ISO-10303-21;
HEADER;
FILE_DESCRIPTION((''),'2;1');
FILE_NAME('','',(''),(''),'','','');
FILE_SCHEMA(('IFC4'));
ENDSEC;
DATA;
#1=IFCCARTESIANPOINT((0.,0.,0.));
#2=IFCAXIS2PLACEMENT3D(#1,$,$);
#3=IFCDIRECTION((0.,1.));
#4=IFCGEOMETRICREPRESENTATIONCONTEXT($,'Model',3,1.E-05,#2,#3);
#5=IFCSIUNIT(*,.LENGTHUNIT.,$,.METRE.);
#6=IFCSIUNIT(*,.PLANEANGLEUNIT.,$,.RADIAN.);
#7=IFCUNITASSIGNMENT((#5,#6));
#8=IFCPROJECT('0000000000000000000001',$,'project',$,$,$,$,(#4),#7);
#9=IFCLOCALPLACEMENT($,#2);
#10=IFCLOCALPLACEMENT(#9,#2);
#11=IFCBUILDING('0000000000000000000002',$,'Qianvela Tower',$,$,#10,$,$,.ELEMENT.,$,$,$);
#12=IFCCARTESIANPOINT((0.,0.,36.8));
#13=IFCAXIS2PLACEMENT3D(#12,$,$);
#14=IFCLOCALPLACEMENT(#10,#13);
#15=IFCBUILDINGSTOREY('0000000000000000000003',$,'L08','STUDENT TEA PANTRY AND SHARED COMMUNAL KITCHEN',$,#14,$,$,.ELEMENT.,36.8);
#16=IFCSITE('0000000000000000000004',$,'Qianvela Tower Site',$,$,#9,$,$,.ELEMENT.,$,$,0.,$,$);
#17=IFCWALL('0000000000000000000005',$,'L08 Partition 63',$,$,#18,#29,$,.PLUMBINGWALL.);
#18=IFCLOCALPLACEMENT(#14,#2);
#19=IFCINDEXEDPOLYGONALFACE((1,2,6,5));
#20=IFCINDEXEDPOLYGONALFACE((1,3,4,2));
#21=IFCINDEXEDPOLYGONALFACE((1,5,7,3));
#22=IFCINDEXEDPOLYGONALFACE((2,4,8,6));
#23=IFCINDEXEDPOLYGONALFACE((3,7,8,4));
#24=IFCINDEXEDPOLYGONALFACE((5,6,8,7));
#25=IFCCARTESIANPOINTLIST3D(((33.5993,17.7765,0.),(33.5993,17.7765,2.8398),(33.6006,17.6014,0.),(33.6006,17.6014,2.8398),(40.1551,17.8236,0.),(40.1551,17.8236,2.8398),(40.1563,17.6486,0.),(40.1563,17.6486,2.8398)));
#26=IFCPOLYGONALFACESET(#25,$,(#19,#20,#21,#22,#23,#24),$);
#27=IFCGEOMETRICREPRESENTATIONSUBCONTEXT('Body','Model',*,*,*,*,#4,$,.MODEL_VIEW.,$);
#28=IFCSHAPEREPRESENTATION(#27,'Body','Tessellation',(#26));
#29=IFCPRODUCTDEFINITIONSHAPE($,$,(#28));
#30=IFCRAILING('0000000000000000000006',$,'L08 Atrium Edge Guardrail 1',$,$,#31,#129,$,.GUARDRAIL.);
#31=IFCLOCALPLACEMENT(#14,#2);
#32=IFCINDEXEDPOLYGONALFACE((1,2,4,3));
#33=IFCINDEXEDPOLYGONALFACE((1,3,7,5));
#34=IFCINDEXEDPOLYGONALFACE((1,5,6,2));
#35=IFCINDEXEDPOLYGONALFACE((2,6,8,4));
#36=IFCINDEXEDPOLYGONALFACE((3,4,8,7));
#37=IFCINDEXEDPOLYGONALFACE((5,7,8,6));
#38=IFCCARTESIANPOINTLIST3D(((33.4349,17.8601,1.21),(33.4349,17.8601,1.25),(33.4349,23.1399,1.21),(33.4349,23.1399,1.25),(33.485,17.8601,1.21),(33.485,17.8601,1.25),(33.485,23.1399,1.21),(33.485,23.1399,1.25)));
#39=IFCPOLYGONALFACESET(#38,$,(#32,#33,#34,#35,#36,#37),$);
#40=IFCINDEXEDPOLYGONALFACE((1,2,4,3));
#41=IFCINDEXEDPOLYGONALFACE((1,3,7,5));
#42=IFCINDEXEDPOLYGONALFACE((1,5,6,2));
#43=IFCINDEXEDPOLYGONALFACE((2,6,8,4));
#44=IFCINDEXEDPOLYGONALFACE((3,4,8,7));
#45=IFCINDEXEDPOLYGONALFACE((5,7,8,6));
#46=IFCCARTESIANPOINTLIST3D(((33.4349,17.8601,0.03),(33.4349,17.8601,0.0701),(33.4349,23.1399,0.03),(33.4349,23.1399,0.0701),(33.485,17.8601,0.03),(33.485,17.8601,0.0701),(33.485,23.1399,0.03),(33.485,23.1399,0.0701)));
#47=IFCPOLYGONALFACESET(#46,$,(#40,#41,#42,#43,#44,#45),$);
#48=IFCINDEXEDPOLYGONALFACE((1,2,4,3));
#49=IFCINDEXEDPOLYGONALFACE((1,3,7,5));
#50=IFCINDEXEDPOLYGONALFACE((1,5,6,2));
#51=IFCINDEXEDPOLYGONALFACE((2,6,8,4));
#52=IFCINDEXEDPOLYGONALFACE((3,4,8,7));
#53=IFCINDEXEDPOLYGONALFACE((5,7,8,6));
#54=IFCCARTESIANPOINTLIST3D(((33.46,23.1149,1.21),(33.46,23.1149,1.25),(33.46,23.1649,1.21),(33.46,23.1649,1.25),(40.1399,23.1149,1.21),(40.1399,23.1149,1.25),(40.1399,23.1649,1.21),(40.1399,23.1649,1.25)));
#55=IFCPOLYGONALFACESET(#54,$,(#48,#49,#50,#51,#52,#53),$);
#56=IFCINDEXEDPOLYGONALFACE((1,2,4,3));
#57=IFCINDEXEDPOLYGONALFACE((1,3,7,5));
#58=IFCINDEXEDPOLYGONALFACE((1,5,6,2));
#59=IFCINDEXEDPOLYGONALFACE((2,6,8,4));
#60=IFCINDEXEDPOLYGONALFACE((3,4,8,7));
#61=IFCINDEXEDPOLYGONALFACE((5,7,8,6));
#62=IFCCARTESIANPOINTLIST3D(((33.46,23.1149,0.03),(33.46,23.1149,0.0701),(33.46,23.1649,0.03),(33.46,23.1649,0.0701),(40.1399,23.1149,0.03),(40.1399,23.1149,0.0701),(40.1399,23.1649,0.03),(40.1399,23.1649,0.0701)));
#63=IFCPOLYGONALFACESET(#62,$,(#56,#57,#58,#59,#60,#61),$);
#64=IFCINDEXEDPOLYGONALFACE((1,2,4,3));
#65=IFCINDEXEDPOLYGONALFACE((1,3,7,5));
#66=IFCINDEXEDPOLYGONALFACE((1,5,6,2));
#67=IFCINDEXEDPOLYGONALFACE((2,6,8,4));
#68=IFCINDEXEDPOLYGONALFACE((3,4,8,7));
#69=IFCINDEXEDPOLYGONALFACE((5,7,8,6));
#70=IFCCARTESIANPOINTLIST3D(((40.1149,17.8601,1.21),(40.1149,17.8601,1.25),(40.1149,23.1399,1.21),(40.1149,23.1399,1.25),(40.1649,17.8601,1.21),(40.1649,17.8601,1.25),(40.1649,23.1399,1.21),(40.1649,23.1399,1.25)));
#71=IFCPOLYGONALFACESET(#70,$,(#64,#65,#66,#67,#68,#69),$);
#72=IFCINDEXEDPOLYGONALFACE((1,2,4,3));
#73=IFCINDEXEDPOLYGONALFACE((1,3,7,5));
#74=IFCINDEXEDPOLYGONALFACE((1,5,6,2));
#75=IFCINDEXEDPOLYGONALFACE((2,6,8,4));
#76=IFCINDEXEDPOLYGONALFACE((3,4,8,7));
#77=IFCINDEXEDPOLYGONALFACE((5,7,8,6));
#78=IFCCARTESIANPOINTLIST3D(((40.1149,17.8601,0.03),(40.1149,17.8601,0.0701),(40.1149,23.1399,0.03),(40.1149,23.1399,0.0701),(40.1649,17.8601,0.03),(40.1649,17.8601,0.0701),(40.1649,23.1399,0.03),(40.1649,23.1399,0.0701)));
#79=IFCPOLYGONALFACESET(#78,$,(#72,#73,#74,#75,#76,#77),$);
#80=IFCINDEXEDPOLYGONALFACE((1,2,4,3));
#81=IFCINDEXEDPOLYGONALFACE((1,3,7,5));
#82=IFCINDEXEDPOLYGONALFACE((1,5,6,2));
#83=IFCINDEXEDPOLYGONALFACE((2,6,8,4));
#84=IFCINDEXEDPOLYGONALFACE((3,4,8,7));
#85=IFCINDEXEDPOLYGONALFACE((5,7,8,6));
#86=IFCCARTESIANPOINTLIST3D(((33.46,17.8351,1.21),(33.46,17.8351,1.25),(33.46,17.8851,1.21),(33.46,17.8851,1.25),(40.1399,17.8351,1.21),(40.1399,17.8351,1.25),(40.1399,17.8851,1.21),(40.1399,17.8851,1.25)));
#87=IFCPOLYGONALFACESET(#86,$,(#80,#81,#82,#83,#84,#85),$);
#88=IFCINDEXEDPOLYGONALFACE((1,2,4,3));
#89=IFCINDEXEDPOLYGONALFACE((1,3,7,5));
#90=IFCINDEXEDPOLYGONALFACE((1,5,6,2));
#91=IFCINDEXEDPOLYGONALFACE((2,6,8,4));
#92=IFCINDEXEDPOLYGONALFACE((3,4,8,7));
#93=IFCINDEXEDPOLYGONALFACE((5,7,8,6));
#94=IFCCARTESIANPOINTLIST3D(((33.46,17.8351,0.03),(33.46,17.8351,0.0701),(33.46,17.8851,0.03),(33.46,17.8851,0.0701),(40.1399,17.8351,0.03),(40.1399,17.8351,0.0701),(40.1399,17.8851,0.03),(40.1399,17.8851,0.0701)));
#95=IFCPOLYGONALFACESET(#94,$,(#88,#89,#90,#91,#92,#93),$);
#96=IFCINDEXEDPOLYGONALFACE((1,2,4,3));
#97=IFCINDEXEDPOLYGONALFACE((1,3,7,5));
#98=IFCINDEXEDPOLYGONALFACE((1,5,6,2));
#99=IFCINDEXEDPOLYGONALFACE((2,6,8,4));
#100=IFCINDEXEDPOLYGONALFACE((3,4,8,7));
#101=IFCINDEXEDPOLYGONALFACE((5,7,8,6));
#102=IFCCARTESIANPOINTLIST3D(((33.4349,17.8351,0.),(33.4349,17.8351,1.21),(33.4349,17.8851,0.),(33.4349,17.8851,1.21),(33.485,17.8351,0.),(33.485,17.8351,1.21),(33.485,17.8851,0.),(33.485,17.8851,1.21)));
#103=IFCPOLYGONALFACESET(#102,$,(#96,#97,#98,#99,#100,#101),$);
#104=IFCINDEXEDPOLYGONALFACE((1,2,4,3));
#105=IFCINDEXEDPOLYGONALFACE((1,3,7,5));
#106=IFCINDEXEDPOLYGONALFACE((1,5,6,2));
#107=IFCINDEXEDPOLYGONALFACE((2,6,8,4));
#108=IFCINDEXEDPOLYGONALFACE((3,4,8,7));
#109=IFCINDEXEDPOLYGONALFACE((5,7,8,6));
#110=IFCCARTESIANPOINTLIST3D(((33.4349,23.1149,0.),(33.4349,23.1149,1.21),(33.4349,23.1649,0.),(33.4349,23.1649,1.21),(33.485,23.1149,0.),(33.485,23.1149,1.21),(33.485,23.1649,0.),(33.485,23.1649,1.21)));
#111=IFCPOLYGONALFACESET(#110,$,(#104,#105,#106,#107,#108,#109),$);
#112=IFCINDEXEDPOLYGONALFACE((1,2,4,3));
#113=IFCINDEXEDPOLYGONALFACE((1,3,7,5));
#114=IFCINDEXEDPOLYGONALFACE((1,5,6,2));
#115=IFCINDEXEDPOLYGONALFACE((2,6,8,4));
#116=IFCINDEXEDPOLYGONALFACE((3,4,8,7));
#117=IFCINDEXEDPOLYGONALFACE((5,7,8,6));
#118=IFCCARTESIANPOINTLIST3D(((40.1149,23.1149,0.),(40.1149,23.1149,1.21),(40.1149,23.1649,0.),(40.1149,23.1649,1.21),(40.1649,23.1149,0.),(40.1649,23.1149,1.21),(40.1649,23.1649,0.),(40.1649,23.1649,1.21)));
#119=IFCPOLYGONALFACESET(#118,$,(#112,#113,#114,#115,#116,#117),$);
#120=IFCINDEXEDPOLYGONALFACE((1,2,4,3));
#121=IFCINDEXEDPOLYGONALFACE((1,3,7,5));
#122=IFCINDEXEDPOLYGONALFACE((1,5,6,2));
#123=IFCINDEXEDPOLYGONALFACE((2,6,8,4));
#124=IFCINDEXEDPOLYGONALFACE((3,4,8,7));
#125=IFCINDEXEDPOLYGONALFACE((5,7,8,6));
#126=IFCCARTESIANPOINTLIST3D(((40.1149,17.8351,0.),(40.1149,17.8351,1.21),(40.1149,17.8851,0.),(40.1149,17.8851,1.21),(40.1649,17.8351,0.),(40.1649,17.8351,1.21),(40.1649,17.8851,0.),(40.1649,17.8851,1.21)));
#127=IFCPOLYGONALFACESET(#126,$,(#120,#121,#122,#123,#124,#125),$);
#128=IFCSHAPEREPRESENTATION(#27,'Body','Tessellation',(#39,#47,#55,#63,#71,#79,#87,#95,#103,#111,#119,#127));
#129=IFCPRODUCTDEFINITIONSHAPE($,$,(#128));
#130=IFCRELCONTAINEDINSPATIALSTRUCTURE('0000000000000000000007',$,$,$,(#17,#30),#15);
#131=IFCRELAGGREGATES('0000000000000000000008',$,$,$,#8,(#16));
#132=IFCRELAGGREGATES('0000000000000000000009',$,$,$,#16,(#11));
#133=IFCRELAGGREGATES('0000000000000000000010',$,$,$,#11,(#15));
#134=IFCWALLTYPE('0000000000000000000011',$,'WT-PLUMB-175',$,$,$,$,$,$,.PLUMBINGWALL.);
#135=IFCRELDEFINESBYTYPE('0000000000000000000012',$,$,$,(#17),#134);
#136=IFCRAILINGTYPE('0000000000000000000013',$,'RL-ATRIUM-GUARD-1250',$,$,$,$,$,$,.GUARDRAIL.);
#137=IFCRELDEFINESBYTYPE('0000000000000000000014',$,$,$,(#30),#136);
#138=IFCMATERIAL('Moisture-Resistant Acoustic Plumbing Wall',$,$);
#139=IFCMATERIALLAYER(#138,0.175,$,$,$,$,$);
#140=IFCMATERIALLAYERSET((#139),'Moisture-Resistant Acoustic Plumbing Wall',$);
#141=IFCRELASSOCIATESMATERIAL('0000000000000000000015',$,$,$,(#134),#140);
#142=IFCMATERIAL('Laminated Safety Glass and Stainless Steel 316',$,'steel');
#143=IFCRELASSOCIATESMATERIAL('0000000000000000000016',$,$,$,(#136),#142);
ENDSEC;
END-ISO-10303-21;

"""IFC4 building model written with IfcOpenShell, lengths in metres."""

from ifc_helpers import new_model, si_unit, direction, frame, frame_2d, origin, origin_2d, place, context, subcontext, project, spatial, rectangle, extrude, material, layer, layer_set, type_object, element, save


model = new_model("IFC4")

# Units and contexts
model_context = context("Model", 3, precision=1e-05, world=origin(), true_north=direction((0.0, 1.0)))
body_context = subcontext(model_context, "Body", "Model", "MODEL_VIEW")
ifc_project = project(units=[si_unit("LENGTHUNIT", "METRE"), si_unit("PLANEANGLEUNIT", "RADIAN")], contexts=[model_context])

# Site, building, storey
site_placement = place(None, origin())
site = spatial("IfcSite", under=ifc_project, at=site_placement, Name="Qianvela Tower Site", CompositionType="ELEMENT", RefElevation=0.0)
building_placement = place(site_placement, origin())
building = spatial("IfcBuilding", under=site, at=building_placement, Name="Qianvela Tower", CompositionType="ELEMENT")
storey_placement = place(building_placement, frame((0.0, 0.0, 36.8)))
storey = spatial("IfcBuildingStorey", under=building, at=storey_placement, Name="L08", Description="STUDENT TEA PANTRY AND SHARED COMMUNAL KITCHEN", CompositionType="ELEMENT", Elevation=36.8)

# Wall
ifc_material_1 = material(Name="Moisture-Resistant Acoustic Plumbing Wall")
ifc_layer_1 = layer(ifc_material_1, 0.175)
ifc_layer_set_1 = layer_set([ifc_layer_1], Name="Moisture-Resistant Acoustic Plumbing Wall")
wall_type_1 = type_object("IfcWallType", Name="WT-PLUMB-175", PredefinedType="PLUMBINGWALL", material=ifc_layer_set_1)
wall_1_placement = place(storey_placement, frame((33.6001, 17.689, 0.0), z_axis=(0.0, 0.0, 1.0), x_axis=(0.999974, 0.007187, 0.0)))
element("IfcWall", 1, at=wall_1_placement, inside=storey, type_object=wall_type_1, Name="L08 Partition 63", PredefinedType="PLUMBINGWALL", context=body_context, shape_type="SweptSolid", body=[
    extrude(rectangle(XDim=6.5559, YDim=0.175, at=frame_2d((3.2778, 0.0))), origin(), (0.0, 0.0, 1.0), 2.8398),
])

# Railing
ifc_material_2 = material(Name="Laminated Safety Glass and Stainless Steel 316", Category="steel")
railing_type = type_object("IfcRailingType", Name="RL-ATRIUM-GUARD-1250", PredefinedType="GUARDRAIL", material=ifc_material_2)
railing_placement = place(storey_placement, frame((33.46, 17.8601, 0.0)))
element("IfcRailing", 2, at=railing_placement, inside=storey, type_object=railing_type, Name="L08 Atrium Edge Guardrail 1", PredefinedType="GUARDRAIL", context=body_context, shape_type="SweptSolid", body=[
    extrude(rectangle(XDim=0.05, YDim=0.04, at=origin_2d()), frame((0.0, 0.0, 1.23), z_axis=(0.0, 1.0, 0.0), x_axis=(-1.0, 0.0, 0.0)), (0.0, 0.0, 1.0), 5.2798),
    extrude(rectangle(XDim=0.05, YDim=0.04, at=origin_2d()), frame((0.0, 0.0, 0.05), z_axis=(0.0, 1.0, 0.0), x_axis=(-1.0, 0.0, 0.0)), (0.0, 0.0, 1.0), 5.2798),
    extrude(rectangle(XDim=0.05, YDim=0.04, at=origin_2d()), frame((0.0, 5.2798, 1.23), z_axis=(1.0, 0.0, 0.0), x_axis=(0.0, 1.0, 0.0)), (0.0, 0.0, 1.0), 6.6799),
    extrude(rectangle(XDim=0.05, YDim=0.04, at=origin_2d()), frame((0.0, 5.2798, 0.05), z_axis=(1.0, 0.0, 0.0), x_axis=(0.0, 1.0, 0.0)), (0.0, 0.0, 1.0), 6.6799),
    extrude(rectangle(XDim=0.05, YDim=0.04, at=origin_2d()), frame((6.6799, 5.2798, 1.23), z_axis=(0.0, -1.0, 0.0), x_axis=(1.0, 0.0, 0.0)), (0.0, 0.0, 1.0), 5.2798),
    extrude(rectangle(XDim=0.05, YDim=0.04, at=origin_2d()), frame((6.6799, 5.2798, 0.05), z_axis=(0.0, -1.0, 0.0), x_axis=(1.0, 0.0, 0.0)), (0.0, 0.0, 1.0), 5.2798),
    extrude(rectangle(XDim=0.05, YDim=0.04, at=origin_2d()), frame((6.6799, 0.0, 1.23), z_axis=(-1.0, 0.0, 0.0), x_axis=(0.0, -1.0, 0.0)), (0.0, 0.0, 1.0), 6.6799),
    extrude(rectangle(XDim=0.05, YDim=0.04, at=origin_2d()), frame((6.6799, 0.0, 0.05), z_axis=(-1.0, 0.0, 0.0), x_axis=(0.0, -1.0, 0.0)), (0.0, 0.0, 1.0), 6.6799),
    extrude(rectangle(XDim=0.05, YDim=0.05, at=origin_2d()), origin(), (0.0, 0.0, 1.0), 1.21),
    extrude(rectangle(XDim=0.05, YDim=0.05, at=origin_2d()), frame((0.0, 5.2798, 0.0)), (0.0, 0.0, 1.0), 1.21),
    extrude(rectangle(XDim=0.05, YDim=0.05, at=origin_2d()), frame((6.6799, 5.2798, 0.0)), (0.0, 0.0, 1.0), 1.21),
    extrude(rectangle(XDim=0.05, YDim=0.05, at=origin_2d()), frame((6.6799, 0.0, 0.0)), (0.0, 0.0, 1.0), 1.21),
])

save(model, "model.ifc")
